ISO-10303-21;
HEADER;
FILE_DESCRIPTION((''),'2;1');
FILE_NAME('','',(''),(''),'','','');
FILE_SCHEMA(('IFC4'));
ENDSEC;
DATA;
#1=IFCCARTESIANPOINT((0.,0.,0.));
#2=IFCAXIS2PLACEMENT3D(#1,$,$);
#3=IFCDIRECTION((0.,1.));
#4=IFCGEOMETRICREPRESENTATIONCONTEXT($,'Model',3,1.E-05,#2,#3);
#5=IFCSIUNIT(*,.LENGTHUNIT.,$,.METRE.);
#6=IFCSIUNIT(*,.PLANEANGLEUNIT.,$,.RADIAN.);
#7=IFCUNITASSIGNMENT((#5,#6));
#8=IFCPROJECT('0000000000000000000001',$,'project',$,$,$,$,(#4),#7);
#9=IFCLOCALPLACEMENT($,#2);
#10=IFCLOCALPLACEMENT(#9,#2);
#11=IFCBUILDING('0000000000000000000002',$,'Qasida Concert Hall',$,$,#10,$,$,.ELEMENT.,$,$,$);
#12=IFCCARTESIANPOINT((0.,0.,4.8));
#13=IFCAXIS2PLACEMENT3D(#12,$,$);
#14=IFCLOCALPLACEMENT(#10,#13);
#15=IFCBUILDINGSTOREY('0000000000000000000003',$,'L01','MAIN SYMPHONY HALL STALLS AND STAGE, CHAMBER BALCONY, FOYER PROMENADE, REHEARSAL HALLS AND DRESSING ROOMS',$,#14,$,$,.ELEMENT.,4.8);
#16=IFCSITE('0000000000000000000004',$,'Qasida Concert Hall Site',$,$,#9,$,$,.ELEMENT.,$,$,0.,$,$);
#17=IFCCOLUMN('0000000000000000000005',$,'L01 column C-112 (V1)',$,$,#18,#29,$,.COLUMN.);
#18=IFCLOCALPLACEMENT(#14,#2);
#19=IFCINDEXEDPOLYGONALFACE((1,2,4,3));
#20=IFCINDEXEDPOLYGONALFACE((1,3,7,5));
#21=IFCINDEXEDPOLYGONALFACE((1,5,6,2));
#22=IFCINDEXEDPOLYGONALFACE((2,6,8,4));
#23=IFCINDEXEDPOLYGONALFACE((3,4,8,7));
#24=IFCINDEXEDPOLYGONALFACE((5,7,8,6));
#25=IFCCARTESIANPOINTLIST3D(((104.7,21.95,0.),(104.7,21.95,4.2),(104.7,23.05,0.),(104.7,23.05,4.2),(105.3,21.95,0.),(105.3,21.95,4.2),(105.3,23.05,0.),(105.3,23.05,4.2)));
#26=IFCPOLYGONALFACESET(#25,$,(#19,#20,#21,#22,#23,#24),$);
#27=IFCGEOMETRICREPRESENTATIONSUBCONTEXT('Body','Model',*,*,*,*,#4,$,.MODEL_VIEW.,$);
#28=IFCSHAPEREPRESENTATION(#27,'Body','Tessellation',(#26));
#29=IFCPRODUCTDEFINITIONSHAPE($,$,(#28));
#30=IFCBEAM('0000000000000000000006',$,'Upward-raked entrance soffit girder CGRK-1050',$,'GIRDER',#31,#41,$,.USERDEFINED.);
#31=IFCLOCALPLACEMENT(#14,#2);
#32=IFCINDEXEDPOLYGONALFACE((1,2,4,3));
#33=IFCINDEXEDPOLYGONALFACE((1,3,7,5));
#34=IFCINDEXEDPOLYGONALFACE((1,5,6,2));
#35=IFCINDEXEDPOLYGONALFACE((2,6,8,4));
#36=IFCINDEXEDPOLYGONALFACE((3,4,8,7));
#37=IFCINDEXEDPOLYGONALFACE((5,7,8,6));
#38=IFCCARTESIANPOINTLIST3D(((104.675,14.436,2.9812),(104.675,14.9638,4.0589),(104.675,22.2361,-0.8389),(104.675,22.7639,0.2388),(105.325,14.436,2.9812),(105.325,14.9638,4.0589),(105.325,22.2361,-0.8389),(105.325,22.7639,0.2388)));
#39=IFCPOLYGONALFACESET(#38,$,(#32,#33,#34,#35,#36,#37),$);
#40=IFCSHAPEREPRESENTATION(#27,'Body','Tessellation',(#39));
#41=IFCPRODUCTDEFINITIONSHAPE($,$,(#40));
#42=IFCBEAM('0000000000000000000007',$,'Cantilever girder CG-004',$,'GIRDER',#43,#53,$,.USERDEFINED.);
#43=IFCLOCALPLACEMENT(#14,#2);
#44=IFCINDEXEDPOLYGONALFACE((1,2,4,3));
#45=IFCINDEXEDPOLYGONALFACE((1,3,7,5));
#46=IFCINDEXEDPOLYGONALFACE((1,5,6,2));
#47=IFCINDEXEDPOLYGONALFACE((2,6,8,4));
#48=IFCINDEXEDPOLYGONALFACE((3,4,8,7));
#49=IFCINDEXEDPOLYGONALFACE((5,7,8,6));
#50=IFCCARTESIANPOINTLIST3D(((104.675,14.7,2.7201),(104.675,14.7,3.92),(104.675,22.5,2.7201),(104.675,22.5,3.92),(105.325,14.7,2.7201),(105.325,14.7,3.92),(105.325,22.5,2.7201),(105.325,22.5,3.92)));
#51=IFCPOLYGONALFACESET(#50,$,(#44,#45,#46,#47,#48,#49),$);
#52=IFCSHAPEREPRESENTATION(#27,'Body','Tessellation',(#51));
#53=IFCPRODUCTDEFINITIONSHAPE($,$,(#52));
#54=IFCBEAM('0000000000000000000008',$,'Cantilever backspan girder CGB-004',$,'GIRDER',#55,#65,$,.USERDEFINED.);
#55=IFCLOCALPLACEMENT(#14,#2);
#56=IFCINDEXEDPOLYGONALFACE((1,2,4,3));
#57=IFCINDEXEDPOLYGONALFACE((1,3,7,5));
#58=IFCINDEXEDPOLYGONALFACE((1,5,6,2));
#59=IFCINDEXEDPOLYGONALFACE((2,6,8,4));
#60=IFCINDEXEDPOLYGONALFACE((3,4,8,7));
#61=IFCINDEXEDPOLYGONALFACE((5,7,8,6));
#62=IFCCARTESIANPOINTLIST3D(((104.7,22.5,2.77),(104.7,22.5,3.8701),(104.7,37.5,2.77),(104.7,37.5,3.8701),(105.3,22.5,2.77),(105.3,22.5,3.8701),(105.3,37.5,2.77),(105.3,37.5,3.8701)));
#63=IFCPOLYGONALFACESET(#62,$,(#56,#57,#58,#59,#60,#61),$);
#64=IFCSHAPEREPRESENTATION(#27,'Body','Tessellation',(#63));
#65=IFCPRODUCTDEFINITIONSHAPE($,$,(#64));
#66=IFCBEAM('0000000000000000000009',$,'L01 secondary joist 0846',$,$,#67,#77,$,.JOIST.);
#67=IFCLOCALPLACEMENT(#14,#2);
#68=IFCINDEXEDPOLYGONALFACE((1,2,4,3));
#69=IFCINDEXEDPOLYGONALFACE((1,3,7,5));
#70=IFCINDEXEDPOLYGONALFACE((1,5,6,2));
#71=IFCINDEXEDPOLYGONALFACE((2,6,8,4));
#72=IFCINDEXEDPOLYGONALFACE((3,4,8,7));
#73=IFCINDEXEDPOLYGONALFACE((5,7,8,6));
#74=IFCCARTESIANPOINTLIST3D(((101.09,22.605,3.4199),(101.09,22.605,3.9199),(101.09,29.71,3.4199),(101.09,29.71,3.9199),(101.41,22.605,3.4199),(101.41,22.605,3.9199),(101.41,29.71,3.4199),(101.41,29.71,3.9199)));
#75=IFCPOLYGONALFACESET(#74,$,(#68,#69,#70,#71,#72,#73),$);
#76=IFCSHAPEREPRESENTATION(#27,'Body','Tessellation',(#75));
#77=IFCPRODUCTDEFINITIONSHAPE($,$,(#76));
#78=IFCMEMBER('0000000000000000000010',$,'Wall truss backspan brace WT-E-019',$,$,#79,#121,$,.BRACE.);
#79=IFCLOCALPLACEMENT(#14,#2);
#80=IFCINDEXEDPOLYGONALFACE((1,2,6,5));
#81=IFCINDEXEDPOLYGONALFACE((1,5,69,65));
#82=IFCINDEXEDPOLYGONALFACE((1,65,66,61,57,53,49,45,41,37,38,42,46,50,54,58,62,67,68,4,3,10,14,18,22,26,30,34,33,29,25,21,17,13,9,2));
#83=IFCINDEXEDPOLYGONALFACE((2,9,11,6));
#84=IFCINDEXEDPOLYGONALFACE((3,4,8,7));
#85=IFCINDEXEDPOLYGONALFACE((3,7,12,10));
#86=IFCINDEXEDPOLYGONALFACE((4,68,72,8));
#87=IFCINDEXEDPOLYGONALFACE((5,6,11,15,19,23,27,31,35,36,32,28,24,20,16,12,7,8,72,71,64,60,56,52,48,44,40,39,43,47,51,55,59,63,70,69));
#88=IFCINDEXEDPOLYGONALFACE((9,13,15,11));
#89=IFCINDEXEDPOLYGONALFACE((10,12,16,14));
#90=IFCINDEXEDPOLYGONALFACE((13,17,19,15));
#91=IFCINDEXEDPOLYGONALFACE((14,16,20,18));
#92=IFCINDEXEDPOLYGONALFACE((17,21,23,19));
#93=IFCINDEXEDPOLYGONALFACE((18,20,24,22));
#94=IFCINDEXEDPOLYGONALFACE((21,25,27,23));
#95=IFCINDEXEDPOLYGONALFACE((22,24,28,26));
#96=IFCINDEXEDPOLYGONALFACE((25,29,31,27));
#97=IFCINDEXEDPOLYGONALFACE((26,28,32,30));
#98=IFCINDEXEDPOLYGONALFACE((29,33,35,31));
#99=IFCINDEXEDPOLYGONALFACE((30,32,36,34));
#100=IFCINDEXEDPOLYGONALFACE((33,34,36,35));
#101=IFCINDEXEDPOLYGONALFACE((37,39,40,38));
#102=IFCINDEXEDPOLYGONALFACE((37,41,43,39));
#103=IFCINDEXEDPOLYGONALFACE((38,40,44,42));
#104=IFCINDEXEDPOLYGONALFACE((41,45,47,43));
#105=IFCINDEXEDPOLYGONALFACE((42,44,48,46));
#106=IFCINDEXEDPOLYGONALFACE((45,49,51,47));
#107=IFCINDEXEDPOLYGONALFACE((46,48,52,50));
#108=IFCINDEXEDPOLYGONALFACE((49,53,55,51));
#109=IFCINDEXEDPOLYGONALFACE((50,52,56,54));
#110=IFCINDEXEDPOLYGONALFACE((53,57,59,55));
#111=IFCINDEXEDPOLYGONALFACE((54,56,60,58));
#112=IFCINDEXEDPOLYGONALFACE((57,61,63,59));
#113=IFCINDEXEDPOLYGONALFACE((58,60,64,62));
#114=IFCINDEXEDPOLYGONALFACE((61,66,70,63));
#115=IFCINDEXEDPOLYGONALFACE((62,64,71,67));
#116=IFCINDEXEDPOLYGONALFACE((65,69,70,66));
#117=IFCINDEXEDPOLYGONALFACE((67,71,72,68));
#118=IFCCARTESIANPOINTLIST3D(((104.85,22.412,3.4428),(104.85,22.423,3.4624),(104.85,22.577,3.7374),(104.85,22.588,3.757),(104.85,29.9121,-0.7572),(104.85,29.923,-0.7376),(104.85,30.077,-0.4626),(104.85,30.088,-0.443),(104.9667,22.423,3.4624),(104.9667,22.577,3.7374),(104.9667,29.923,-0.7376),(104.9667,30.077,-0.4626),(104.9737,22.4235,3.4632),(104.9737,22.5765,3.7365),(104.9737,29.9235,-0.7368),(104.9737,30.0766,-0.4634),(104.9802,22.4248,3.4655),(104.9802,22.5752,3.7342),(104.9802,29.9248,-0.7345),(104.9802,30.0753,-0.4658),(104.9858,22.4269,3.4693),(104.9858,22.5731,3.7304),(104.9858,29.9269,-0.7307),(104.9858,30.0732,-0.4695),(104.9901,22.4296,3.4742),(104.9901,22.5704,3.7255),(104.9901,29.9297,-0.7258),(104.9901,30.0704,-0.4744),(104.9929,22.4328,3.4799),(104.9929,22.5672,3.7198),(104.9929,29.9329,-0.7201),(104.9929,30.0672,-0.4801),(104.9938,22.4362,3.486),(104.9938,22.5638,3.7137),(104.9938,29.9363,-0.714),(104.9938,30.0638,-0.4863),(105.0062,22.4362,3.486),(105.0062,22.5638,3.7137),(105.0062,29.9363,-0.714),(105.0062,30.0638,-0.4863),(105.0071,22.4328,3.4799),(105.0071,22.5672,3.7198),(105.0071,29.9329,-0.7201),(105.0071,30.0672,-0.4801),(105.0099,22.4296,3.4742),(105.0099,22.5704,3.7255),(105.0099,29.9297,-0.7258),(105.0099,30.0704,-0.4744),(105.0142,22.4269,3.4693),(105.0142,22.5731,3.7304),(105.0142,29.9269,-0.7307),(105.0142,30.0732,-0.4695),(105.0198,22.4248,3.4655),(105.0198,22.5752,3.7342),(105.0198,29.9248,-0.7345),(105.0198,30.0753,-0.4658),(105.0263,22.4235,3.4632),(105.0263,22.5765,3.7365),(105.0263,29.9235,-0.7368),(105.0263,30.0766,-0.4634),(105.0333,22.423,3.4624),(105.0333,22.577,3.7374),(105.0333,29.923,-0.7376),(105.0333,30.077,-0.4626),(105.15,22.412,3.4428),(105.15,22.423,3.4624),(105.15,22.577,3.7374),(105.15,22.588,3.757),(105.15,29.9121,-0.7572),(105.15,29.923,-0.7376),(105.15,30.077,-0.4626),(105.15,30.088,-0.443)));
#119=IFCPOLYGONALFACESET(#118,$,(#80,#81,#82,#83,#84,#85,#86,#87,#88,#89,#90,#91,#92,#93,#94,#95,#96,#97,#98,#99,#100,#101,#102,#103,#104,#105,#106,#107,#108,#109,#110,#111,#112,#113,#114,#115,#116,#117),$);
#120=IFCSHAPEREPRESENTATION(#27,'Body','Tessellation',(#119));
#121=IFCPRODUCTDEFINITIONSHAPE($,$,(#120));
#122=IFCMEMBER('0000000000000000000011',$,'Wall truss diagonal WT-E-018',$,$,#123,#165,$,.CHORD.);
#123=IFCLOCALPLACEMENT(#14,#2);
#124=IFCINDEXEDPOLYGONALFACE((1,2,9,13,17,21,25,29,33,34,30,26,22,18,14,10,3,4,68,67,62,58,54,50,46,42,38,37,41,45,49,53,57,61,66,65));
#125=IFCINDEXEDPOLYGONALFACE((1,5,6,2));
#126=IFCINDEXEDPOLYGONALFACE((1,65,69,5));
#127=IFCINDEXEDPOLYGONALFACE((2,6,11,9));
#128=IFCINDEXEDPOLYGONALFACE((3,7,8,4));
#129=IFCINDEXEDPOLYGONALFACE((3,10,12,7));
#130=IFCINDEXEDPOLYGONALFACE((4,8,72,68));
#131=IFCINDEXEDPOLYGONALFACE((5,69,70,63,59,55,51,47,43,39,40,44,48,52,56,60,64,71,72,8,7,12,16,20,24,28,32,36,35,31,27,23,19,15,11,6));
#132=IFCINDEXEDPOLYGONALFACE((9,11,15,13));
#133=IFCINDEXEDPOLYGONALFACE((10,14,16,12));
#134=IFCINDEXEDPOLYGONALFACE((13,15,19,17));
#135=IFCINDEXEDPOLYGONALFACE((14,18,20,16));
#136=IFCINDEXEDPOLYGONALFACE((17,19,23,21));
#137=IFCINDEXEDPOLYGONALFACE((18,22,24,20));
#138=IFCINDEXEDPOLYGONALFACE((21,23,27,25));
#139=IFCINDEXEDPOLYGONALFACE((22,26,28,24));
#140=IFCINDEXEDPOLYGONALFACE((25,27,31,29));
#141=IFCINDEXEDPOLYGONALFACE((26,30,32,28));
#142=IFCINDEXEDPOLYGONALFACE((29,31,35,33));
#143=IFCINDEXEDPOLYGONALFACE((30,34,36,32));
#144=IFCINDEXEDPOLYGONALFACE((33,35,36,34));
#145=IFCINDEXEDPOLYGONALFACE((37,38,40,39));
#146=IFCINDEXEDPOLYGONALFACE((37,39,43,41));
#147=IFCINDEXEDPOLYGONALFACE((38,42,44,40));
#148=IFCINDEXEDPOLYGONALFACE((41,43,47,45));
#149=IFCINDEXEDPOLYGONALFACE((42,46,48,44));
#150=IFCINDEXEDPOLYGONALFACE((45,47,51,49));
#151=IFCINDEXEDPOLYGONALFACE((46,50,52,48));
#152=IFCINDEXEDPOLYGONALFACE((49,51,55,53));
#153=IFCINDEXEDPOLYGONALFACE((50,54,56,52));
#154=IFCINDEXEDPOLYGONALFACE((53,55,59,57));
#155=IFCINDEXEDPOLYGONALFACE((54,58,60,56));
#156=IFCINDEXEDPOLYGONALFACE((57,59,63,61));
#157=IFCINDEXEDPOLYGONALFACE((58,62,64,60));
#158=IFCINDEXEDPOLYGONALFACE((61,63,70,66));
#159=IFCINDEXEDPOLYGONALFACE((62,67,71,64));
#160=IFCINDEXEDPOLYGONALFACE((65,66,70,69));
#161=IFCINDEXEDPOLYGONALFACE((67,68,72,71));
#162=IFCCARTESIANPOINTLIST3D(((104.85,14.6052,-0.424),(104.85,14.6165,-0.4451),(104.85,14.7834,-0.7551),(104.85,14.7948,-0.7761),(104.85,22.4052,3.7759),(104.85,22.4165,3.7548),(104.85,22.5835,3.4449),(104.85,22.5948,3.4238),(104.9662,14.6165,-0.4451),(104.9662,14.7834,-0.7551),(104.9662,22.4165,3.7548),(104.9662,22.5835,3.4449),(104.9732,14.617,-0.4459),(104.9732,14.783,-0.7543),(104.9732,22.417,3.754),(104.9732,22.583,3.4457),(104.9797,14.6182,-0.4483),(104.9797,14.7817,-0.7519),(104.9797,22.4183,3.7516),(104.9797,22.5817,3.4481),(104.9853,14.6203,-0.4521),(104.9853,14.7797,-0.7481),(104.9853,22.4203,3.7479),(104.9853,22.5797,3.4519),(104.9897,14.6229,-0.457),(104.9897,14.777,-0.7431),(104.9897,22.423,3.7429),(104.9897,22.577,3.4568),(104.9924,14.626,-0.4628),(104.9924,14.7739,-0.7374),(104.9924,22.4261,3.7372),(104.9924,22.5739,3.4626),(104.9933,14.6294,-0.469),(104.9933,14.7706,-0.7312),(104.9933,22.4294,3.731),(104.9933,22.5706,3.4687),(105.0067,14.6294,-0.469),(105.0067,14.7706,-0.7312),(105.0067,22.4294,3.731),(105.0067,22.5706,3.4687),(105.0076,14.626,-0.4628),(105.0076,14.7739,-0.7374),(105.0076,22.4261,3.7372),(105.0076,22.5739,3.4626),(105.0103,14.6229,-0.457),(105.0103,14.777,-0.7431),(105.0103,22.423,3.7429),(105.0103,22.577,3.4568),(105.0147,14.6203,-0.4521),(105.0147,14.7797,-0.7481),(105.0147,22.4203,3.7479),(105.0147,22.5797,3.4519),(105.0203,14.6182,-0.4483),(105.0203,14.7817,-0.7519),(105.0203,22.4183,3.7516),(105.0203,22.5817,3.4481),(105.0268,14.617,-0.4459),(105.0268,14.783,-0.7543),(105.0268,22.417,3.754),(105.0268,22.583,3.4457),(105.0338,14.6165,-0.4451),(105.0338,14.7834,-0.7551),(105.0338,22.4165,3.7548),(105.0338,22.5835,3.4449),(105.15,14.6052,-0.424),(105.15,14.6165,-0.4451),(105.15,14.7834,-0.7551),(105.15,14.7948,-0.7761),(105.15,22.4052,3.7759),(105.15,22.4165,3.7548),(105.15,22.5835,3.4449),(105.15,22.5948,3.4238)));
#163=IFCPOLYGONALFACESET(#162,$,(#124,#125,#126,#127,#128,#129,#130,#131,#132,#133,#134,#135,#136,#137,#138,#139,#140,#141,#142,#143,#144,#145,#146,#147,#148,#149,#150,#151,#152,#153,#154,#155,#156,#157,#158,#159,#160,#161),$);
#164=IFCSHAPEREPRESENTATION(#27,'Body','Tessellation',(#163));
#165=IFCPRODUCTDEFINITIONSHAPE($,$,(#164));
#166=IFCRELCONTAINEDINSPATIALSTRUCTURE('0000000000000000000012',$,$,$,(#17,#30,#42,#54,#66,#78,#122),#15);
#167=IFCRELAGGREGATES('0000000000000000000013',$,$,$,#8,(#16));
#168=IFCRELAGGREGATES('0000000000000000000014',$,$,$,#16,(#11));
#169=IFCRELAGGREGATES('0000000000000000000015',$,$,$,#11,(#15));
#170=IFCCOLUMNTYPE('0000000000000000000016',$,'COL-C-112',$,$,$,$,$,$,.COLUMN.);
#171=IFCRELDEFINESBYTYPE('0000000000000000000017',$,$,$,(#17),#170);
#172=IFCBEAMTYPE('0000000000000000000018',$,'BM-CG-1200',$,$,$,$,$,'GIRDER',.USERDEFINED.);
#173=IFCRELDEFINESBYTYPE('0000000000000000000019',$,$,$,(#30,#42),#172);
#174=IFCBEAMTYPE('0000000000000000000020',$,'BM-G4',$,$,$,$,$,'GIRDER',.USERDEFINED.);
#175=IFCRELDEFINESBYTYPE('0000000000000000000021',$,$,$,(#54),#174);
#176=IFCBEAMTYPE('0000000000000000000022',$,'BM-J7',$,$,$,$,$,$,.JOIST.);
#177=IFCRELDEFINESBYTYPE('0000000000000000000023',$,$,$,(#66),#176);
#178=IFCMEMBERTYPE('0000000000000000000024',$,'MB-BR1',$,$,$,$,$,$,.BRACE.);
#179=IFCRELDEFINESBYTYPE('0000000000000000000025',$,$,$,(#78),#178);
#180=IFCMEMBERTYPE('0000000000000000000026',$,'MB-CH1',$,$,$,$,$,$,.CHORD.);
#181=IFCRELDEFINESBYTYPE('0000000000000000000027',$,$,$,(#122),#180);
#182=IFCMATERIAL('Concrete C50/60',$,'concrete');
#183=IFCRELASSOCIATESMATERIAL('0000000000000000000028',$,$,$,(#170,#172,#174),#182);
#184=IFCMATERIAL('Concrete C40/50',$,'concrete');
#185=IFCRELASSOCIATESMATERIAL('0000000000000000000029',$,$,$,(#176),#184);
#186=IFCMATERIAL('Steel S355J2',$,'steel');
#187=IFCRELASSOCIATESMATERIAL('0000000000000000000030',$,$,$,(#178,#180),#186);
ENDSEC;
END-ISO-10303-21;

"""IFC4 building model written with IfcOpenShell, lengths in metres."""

from ifc_helpers import new_model, si_unit, direction, frame, origin, origin_2d, place, context, subcontext, project, spatial, rectangle, i_section, extrude, material, material_profile, profile_set, type_object, element, save


model = new_model("IFC4")

# Units and contexts
model_context = context("Model", 3, precision=1e-05, world=origin(), true_north=direction((0.0, 1.0)))
body_context = subcontext(model_context, "Body", "Model", "MODEL_VIEW")
ifc_project = project(units=[si_unit("LENGTHUNIT", "METRE"), si_unit("PLANEANGLEUNIT", "RADIAN")], contexts=[model_context])

# Site, building, storey
site_placement = place(None, origin())
site = spatial("IfcSite", under=ifc_project, at=site_placement, Name="Qasida Concert Hall Site", CompositionType="ELEMENT", RefElevation=0.0)
building_placement = place(site_placement, origin())
building = spatial("IfcBuilding", under=site, at=building_placement, Name="Qasida Concert Hall", CompositionType="ELEMENT")
storey_placement = place(building_placement, frame((0.0, 0.0, 4.8)))
storey = spatial("IfcBuildingStorey", under=building, at=storey_placement, Name="L01", Description="MAIN SYMPHONY HALL STALLS AND STAGE, CHAMBER BALCONY, FOYER PROMENADE, REHEARSAL HALLS AND DRESSING ROOMS", CompositionType="ELEMENT", Elevation=4.8)

# Column
ifc_material_1 = material(Name="Concrete C50/60", Category="concrete")
ifc_material_profile_1 = material_profile(ifc_material_1, rectangle(XDim=0.6001, YDim=1.1001, at=origin_2d()), Name="RC 600x1100")
ifc_profile_set_1 = profile_set([ifc_material_profile_1], Name="Concrete C50/60")
column_type = type_object("IfcColumnType", Name="COL-C-112", PredefinedType="COLUMN", material=ifc_profile_set_1)
column_placement = place(storey_placement, frame((105.0, 22.5, 0.0), z_axis=(0.0, 0.0, 1.0), x_axis=(1.0, 0.0, 0.0)))
element("IfcColumn", 1, at=column_placement, inside=storey, type_object=column_type, Name="L01 column C-112 (V1)", PredefinedType="COLUMN", context=body_context, shape_type="SweptSolid", body=[
    extrude(rectangle(XDim=0.6001, YDim=1.1001, at=origin_2d()), origin(), (0.0, 0.0, 1.0), 4.2),
])

# Beams
ifc_material_profile_2 = material_profile(ifc_material_1, rectangle(XDim=0.6499, YDim=1.2, at=origin_2d()), Name="RC 650x1200")
ifc_profile_set_2 = profile_set([ifc_material_profile_2], Name="Concrete C50/60")
beam_type_1 = type_object("IfcBeamType", Name="BM-CG-1200", ElementType="GIRDER", PredefinedType="USERDEFINED", material=ifc_profile_set_2)
beam_1_placement = place(storey_placement, frame((105.0, 22.5, -0.3), z_axis=(0.0, -0.898079, 0.439834), x_axis=(1.0, 0.0, 0.0)))
element("IfcBeam", 2, at=beam_1_placement, inside=storey, type_object=beam_type_1, Name="Upward-raked entrance soffit girder CGRK-1050", ObjectType="GIRDER", PredefinedType="USERDEFINED", context=body_context, shape_type="SweptSolid", body=[
    extrude(rectangle(XDim=0.6499, YDim=1.2, at=origin_2d()), origin(), (0.0, 0.0, 1.0), 8.6853),
])
beam_2_placement = place(storey_placement, frame((105.0, 22.5, 3.3201), z_axis=(0.0, -1.0, 0.0), x_axis=(1.0, 0.0, 0.0)))
element("IfcBeam", 3, at=beam_2_placement, inside=storey, type_object=beam_type_1, Name="Cantilever girder CG-004", ObjectType="GIRDER", PredefinedType="USERDEFINED", context=body_context, shape_type="SweptSolid", body=[
    extrude(rectangle(XDim=0.6499, YDim=1.2, at=origin_2d()), origin(), (0.0, 0.0, 1.0), 7.8),
])
ifc_material_profile_3 = material_profile(ifc_material_1, rectangle(XDim=0.6001, YDim=1.1001, at=origin_2d()), Name="RC 600x1100")
ifc_profile_set_3 = profile_set([ifc_material_profile_3], Name="Concrete C50/60")
beam_type_2 = type_object("IfcBeamType", Name="BM-G4", ElementType="GIRDER", PredefinedType="USERDEFINED", material=ifc_profile_set_3)
beam_3_placement = place(storey_placement, frame((105.0, 22.5, 3.3201), z_axis=(0.0, 1.0, 0.0), x_axis=(-1.0, 0.0, 0.0)))
element("IfcBeam", 4, at=beam_3_placement, inside=storey, type_object=beam_type_2, Name="Cantilever backspan girder CGB-004", ObjectType="GIRDER", PredefinedType="USERDEFINED", context=body_context, shape_type="SweptSolid", body=[
    extrude(rectangle(XDim=0.6001, YDim=1.1001, at=origin_2d()), origin(), (0.0, 0.0, 1.0), 15.0),
])
ifc_material_2 = material(Name="Concrete C40/50", Category="concrete")
ifc_material_profile_4 = material_profile(ifc_material_2, rectangle(XDim=0.3201, YDim=0.5, at=origin_2d()), Name="RC 320x500")
ifc_profile_set_4 = profile_set([ifc_material_profile_4], Name="Concrete C40/50")
beam_type_3 = type_object("IfcBeamType", Name="BM-J7", PredefinedType="JOIST", material=ifc_profile_set_4)
beam_4_placement = place(storey_placement, frame((101.25, 22.605, 3.6699), z_axis=(0.0, 1.0, 0.0), x_axis=(-1.0, 0.0, 0.0)))
element("IfcBeam", 5, at=beam_4_placement, inside=storey, type_object=beam_type_3, Name="L01 secondary joist 0846", PredefinedType="JOIST", context=body_context, shape_type="SweptSolid", body=[
    extrude(rectangle(XDim=0.3201, YDim=0.5, at=origin_2d()), origin(), (0.0, 0.0, 1.0), 7.105),
])

# Members
ifc_material_3 = material(Name="Steel S355J2", Category="steel")
ifc_material_profile_5 = material_profile(ifc_material_3, i_section(OverallWidth=0.3, OverallDepth=0.3601, WebThickness=0.0125, FlangeThickness=0.0225, FilletRadius=0.0271, at=origin_2d()), Name="HEB 360")
ifc_profile_set_5 = profile_set([ifc_material_profile_5], Name="Steel S355J2")
member_type_1 = type_object("IfcMemberType", Name="MB-BR1", PredefinedType="BRACE", material=ifc_profile_set_5)
member_1_placement = place(storey_placement, frame((105.0, 22.5, 3.5999), z_axis=(0.0, 0.872508, -0.488599), x_axis=(-1.0, 0.0, 0.0)))
element("IfcMember", 6, at=member_1_placement, inside=storey, type_object=member_type_1, Name="Wall truss backspan brace WT-E-019", PredefinedType="BRACE", context=body_context, shape_type="SweptSolid", body=[
    extrude(i_section(OverallWidth=0.3, OverallDepth=0.3601, WebThickness=0.0125, FlangeThickness=0.0225, FilletRadius=0.0271, at=origin_2d()), origin(), (0.0, 0.0, 1.0), 8.5959),
])
ifc_material_profile_6 = material_profile(ifc_material_3, i_section(OverallWidth=0.3, OverallDepth=0.3999, WebThickness=0.0134, FlangeThickness=0.0239, FilletRadius=0.0271, at=origin_2d()), Name="HEB 400")
ifc_profile_set_6 = profile_set([ifc_material_profile_6], Name="Steel S355J2")
member_type_2 = type_object("IfcMemberType", Name="MB-CH1", PredefinedType="CHORD", material=ifc_profile_set_6)
member_2_placement = place(storey_placement, frame((105.0, 22.5, 3.5999), z_axis=(0.0, -0.880475, -0.474093), x_axis=(1.0, 0.0, 0.0)))
element("IfcMember", 7, at=member_2_placement, inside=storey, type_object=member_type_2, Name="Wall truss diagonal WT-E-018", PredefinedType="CHORD", context=body_context, shape_type="SweptSolid", body=[
    extrude(i_section(OverallWidth=0.3, OverallDepth=0.3999, WebThickness=0.0134, FlangeThickness=0.0239, FilletRadius=0.0271, at=origin_2d()), origin(), (0.0, 0.0, 1.0), 8.8589),
])

save(model, "model.ifc")
